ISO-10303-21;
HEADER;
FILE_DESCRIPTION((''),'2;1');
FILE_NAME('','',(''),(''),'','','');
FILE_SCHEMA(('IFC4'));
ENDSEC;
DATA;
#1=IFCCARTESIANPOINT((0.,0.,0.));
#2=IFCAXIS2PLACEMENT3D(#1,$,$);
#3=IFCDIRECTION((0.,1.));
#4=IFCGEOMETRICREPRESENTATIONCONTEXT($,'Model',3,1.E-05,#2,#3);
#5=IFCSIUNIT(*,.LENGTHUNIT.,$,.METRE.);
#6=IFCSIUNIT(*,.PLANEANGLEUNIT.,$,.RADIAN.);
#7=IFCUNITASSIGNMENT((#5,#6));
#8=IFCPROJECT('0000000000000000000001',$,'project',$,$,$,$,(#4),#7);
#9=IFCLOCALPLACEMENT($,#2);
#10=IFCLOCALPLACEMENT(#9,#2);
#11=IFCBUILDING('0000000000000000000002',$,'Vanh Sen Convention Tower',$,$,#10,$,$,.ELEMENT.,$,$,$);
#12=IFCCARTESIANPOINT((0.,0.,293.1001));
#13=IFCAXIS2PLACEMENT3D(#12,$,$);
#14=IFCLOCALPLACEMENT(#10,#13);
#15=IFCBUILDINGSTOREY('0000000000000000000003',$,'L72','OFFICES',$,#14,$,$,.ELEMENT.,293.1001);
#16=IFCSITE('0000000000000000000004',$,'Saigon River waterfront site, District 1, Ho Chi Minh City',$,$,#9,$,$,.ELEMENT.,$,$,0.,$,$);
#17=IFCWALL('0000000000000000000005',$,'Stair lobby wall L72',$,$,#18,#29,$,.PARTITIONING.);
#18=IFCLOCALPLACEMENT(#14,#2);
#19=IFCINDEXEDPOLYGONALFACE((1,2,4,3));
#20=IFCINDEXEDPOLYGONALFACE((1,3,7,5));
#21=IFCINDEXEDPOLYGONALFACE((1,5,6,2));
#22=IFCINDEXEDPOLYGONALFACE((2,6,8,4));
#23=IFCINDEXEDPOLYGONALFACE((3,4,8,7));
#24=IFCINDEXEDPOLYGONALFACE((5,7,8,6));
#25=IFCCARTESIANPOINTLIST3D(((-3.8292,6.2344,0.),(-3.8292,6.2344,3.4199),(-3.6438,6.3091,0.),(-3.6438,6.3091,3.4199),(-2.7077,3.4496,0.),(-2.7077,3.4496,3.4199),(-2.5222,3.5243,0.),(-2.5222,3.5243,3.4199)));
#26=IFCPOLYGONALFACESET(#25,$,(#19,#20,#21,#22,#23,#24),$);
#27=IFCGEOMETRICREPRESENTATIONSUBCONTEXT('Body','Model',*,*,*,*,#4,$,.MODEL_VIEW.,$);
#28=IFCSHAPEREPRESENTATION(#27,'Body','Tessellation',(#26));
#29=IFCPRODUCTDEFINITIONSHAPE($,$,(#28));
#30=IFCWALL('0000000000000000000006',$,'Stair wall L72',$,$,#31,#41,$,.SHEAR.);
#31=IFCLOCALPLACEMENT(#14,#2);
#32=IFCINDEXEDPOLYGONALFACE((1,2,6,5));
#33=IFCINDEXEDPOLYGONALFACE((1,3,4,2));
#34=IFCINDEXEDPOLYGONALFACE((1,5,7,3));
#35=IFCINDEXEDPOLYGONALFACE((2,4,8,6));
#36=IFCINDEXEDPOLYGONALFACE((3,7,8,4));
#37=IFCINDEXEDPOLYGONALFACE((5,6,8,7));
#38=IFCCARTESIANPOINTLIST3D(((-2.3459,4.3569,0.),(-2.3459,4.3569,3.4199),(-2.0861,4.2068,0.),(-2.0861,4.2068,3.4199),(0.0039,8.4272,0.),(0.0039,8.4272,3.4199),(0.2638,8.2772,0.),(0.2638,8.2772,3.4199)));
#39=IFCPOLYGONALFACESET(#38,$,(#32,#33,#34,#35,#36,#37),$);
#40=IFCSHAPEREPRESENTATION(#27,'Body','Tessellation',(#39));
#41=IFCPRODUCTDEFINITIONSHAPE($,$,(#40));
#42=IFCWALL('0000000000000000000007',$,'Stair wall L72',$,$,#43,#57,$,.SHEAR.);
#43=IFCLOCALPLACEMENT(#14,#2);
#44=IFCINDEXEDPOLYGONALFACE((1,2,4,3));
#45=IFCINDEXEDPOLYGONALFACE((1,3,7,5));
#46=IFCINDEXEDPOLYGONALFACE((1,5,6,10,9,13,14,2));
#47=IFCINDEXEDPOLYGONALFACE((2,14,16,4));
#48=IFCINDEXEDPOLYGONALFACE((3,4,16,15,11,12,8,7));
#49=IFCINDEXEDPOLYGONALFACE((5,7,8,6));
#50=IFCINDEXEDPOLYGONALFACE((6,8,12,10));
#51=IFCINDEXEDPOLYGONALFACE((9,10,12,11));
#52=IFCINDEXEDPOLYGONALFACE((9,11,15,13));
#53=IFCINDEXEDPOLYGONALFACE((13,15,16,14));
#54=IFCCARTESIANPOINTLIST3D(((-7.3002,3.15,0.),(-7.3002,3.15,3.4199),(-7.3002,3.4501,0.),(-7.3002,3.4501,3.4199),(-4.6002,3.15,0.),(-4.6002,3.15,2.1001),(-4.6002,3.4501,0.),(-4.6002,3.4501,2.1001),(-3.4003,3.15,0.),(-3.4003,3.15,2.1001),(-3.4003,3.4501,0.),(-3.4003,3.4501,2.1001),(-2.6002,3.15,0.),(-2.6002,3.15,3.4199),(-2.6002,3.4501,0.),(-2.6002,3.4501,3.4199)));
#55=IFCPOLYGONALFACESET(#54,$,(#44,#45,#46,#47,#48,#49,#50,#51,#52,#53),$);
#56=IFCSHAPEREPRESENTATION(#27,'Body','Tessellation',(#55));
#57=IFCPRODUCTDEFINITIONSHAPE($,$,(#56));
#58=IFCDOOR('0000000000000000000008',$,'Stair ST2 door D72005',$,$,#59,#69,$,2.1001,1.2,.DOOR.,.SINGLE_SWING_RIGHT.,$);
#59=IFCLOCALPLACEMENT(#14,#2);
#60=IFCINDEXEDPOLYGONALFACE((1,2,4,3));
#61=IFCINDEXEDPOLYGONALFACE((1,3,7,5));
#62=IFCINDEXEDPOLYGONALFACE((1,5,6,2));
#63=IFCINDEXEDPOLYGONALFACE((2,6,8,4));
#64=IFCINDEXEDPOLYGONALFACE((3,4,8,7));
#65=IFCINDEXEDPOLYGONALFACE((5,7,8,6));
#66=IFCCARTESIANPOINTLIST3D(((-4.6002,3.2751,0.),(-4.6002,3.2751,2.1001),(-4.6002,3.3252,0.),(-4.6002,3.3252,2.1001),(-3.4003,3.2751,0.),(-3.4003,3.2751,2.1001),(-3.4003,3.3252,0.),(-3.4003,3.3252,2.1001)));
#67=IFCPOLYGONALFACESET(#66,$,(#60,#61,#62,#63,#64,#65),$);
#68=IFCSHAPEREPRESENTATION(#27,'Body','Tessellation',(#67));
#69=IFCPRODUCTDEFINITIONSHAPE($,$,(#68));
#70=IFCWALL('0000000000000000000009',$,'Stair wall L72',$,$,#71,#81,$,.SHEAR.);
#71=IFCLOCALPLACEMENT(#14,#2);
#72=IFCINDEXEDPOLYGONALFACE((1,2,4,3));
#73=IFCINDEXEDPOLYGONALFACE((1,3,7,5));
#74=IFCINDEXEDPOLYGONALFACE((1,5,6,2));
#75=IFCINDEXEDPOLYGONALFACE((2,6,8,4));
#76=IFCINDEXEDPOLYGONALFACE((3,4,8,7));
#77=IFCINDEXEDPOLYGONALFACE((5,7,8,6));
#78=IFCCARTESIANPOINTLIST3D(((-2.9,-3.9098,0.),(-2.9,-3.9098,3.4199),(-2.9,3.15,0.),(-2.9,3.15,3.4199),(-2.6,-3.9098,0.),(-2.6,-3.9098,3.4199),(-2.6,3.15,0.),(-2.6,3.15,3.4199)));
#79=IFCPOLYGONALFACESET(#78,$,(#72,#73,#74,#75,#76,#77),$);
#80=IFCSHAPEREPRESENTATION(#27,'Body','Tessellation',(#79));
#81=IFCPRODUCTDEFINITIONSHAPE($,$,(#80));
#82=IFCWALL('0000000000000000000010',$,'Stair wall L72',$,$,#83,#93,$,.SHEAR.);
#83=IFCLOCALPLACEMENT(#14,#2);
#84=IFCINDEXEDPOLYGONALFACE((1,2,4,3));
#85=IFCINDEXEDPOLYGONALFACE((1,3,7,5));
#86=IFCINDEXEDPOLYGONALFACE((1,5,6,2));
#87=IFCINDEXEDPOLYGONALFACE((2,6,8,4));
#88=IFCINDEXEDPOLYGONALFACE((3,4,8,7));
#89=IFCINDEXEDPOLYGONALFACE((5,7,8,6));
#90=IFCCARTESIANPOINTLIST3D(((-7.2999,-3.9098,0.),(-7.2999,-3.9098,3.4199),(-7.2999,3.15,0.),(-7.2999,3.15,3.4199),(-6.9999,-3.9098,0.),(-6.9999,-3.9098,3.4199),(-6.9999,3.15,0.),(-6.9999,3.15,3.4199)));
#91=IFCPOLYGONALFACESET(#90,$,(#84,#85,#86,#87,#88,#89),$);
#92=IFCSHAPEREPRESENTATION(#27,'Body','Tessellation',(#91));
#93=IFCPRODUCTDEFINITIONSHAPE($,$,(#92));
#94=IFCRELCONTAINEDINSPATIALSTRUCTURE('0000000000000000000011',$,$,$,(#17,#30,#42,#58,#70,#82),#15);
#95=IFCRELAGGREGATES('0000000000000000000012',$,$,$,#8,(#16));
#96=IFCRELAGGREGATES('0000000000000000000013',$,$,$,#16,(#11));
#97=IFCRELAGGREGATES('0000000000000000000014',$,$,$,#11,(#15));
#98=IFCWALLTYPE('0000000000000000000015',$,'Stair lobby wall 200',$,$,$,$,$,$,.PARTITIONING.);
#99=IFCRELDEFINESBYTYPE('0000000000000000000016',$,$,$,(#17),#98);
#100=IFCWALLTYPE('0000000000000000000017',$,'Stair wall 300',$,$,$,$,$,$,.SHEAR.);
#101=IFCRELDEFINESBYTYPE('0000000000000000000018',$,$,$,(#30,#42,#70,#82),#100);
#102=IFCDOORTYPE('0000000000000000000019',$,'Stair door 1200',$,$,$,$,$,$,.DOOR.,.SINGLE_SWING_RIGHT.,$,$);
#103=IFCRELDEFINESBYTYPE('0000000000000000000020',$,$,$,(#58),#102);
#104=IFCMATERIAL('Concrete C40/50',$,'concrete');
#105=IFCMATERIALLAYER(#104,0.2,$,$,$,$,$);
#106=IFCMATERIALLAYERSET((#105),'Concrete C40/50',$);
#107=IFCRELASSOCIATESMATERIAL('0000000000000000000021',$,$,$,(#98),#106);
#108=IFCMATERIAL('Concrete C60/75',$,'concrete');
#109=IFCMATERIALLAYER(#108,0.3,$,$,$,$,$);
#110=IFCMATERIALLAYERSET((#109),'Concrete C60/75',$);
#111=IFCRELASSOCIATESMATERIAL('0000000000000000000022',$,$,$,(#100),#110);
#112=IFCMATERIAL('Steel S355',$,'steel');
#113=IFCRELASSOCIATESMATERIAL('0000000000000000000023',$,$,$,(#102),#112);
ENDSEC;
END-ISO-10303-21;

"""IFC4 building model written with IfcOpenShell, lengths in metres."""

from ifc_helpers import new_model, si_unit, direction, frame, frame_2d, origin, place, context, subcontext, project, spatial, rectangle, extrude, material, layer, layer_set, type_object, element, fill, save


model = new_model("IFC4")

# Units and contexts
model_context = context("Model", 3, precision=1e-05, world=origin(), true_north=direction((0.0, 1.0)))
body_context = subcontext(model_context, "Body", "Model", "MODEL_VIEW")
ifc_project = project(units=[si_unit("LENGTHUNIT", "METRE"), si_unit("PLANEANGLEUNIT", "RADIAN")], contexts=[model_context])

# Site, building, storey
site_placement = place(None, origin())
site = spatial("IfcSite", under=ifc_project, at=site_placement, Name="Saigon River waterfront site, District 1, Ho Chi Minh City", CompositionType="ELEMENT", RefElevation=0.0)
building_placement = place(site_placement, origin())
building = spatial("IfcBuilding", under=site, at=building_placement, Name="Vanh Sen Convention Tower", CompositionType="ELEMENT")
storey_placement = place(building_placement, frame((0.0, 0.0, 293.1001)))
storey = spatial("IfcBuildingStorey", under=building, at=storey_placement, Name="L72", Description="OFFICES", CompositionType="ELEMENT", Elevation=293.1001)

# Shared definitions
ifc_material_1 = material(Name="Concrete C60/75", Category="concrete")

# Walls
ifc_material_2 = material(Name="Concrete C40/50", Category="concrete")
ifc_layer_1 = layer(ifc_material_2, 0.2)
ifc_layer_set_1 = layer_set([ifc_layer_1], Name="Concrete C40/50")
wall_type_1 = type_object("IfcWallType", Name="Stair lobby wall 200", PredefinedType="PARTITIONING", material=ifc_layer_set_1)
wall_1_placement = place(storey_placement, frame((-2.615, 3.4871, 0.0), z_axis=(0.0, 0.0, 1.0), x_axis=(-0.373577, 0.927599, 0.0)))
element("IfcWall", 1, at=wall_1_placement, inside=storey, type_object=wall_type_1, Name="Stair lobby wall L72", PredefinedType="PARTITIONING", context=body_context, shape_type="SweptSolid", body=[
    extrude(rectangle(XDim=3.0022, YDim=0.2, at=frame_2d((1.501, 0.0))), origin(), (0.0, 0.0, 1.0), 3.4199),
])
ifc_layer_2 = layer(ifc_material_1, 0.3)
ifc_layer_set_2 = layer_set([ifc_layer_2], Name="Concrete C60/75")
wall_type_2 = type_object("IfcWallType", Name="Stair wall 300", PredefinedType="SHEAR", material=ifc_layer_set_2)
wall_2_placement = place(storey_placement, frame((-2.2161, 4.2817, 0.0), z_axis=(0.0, 0.0, 1.0), x_axis=(0.499977, 0.866039, 0.0)))
element("IfcWall", 2, at=wall_2_placement, inside=storey, type_object=wall_type_2, Name="Stair wall L72", PredefinedType="SHEAR", context=body_context, shape_type="SweptSolid", body=[
    extrude(rectangle(XDim=4.7, YDim=0.3, at=frame_2d((2.3501, 0.0))), origin(), (0.0, 0.0, 1.0), 3.4199),
])

# Wall, opening, door
wall_3_placement = place(storey_placement, frame((-2.6001, 3.3, 0.0), z_axis=(0.0, 0.0, 1.0), x_axis=(-1.0, 0.0, 0.0)))
wall_3 = element("IfcWall", 3, at=wall_3_placement, inside=storey, type_object=wall_type_2, Name="Stair wall L72", PredefinedType="SHEAR", context=body_context, shape_type="SweptSolid", body=[
    extrude(rectangle(XDim=4.7, YDim=0.3, at=frame_2d((2.3501, 0.0))), origin(), (0.0, 0.0, 1.0), 3.4199),
])
opening_1_placement = place(wall_3_placement, frame((0.8, 0.0, 0.0)))
opening_1 = element("IfcOpeningElement", 4, at=opening_1_placement, cuts=wall_3, PredefinedType="OPENING", context=body_context, shape_type="SweptSolid", body=[
    extrude(rectangle(XDim=1.2, YDim=2.1001, at=frame_2d((0.6001, 1.05))), frame((0.0, 0.1599, 0.0), z_axis=(0.0, -1.0, 0.0), x_axis=(1.0, 0.0, 0.0)), (0.0, 0.0, 1.0), 0.3201),
])
ifc_material_3 = material(Name="Steel S355", Category="steel")
door_type_1 = type_object("IfcDoorType", Name="Stair door 1200", OperationType="SINGLE_SWING_RIGHT", PredefinedType="DOOR", material=ifc_material_3)
door_1_placement = place(opening_1_placement, origin())
door_1 = element("IfcDoor", 5, at=door_1_placement, inside=storey, type_object=door_type_1, Name="Stair ST2 door D72005", OperationType="SINGLE_SWING_RIGHT", OverallHeight=2.1001, OverallWidth=1.2, PredefinedType="DOOR", context=body_context, shape_type="SweptSolid", body=[
    extrude(rectangle(XDim=1.2, YDim=2.1001, at=frame_2d((0.6001, 1.05))), frame((0.0, 0.0249, 0.0), z_axis=(0.0, -1.0, 0.0), x_axis=(1.0, 0.0, 0.0)), (0.0, 0.0, 1.0), 0.05),
])
fill(opening_1, door_1)

# Walls
for number, where, z_axis, x_axis, name in (
    (6, (-2.75, 3.1499, 0.0), (0.0, 0.0, 1.0), (0.0, -1.0, 0.0), "Stair wall L72"),
    (7, (-7.1499, 3.1499, 0.0), (0.0, 0.0, 1.0), (0.0, -1.0, 0.0), "Stair wall L72"),
):
    element("IfcWall", number, at=place(storey_placement, frame(where, z_axis=z_axis, x_axis=x_axis)), inside=storey, type_object=wall_type_2, Name=name, PredefinedType="SHEAR", context=body_context, shape_type="SweptSolid", body=[
        extrude(rectangle(XDim=7.0598, YDim=0.3, at=frame_2d((3.5298, 0.0))), origin(), (0.0, 0.0, 1.0), 3.4199),
    ])

save(model, "model.ifc")
